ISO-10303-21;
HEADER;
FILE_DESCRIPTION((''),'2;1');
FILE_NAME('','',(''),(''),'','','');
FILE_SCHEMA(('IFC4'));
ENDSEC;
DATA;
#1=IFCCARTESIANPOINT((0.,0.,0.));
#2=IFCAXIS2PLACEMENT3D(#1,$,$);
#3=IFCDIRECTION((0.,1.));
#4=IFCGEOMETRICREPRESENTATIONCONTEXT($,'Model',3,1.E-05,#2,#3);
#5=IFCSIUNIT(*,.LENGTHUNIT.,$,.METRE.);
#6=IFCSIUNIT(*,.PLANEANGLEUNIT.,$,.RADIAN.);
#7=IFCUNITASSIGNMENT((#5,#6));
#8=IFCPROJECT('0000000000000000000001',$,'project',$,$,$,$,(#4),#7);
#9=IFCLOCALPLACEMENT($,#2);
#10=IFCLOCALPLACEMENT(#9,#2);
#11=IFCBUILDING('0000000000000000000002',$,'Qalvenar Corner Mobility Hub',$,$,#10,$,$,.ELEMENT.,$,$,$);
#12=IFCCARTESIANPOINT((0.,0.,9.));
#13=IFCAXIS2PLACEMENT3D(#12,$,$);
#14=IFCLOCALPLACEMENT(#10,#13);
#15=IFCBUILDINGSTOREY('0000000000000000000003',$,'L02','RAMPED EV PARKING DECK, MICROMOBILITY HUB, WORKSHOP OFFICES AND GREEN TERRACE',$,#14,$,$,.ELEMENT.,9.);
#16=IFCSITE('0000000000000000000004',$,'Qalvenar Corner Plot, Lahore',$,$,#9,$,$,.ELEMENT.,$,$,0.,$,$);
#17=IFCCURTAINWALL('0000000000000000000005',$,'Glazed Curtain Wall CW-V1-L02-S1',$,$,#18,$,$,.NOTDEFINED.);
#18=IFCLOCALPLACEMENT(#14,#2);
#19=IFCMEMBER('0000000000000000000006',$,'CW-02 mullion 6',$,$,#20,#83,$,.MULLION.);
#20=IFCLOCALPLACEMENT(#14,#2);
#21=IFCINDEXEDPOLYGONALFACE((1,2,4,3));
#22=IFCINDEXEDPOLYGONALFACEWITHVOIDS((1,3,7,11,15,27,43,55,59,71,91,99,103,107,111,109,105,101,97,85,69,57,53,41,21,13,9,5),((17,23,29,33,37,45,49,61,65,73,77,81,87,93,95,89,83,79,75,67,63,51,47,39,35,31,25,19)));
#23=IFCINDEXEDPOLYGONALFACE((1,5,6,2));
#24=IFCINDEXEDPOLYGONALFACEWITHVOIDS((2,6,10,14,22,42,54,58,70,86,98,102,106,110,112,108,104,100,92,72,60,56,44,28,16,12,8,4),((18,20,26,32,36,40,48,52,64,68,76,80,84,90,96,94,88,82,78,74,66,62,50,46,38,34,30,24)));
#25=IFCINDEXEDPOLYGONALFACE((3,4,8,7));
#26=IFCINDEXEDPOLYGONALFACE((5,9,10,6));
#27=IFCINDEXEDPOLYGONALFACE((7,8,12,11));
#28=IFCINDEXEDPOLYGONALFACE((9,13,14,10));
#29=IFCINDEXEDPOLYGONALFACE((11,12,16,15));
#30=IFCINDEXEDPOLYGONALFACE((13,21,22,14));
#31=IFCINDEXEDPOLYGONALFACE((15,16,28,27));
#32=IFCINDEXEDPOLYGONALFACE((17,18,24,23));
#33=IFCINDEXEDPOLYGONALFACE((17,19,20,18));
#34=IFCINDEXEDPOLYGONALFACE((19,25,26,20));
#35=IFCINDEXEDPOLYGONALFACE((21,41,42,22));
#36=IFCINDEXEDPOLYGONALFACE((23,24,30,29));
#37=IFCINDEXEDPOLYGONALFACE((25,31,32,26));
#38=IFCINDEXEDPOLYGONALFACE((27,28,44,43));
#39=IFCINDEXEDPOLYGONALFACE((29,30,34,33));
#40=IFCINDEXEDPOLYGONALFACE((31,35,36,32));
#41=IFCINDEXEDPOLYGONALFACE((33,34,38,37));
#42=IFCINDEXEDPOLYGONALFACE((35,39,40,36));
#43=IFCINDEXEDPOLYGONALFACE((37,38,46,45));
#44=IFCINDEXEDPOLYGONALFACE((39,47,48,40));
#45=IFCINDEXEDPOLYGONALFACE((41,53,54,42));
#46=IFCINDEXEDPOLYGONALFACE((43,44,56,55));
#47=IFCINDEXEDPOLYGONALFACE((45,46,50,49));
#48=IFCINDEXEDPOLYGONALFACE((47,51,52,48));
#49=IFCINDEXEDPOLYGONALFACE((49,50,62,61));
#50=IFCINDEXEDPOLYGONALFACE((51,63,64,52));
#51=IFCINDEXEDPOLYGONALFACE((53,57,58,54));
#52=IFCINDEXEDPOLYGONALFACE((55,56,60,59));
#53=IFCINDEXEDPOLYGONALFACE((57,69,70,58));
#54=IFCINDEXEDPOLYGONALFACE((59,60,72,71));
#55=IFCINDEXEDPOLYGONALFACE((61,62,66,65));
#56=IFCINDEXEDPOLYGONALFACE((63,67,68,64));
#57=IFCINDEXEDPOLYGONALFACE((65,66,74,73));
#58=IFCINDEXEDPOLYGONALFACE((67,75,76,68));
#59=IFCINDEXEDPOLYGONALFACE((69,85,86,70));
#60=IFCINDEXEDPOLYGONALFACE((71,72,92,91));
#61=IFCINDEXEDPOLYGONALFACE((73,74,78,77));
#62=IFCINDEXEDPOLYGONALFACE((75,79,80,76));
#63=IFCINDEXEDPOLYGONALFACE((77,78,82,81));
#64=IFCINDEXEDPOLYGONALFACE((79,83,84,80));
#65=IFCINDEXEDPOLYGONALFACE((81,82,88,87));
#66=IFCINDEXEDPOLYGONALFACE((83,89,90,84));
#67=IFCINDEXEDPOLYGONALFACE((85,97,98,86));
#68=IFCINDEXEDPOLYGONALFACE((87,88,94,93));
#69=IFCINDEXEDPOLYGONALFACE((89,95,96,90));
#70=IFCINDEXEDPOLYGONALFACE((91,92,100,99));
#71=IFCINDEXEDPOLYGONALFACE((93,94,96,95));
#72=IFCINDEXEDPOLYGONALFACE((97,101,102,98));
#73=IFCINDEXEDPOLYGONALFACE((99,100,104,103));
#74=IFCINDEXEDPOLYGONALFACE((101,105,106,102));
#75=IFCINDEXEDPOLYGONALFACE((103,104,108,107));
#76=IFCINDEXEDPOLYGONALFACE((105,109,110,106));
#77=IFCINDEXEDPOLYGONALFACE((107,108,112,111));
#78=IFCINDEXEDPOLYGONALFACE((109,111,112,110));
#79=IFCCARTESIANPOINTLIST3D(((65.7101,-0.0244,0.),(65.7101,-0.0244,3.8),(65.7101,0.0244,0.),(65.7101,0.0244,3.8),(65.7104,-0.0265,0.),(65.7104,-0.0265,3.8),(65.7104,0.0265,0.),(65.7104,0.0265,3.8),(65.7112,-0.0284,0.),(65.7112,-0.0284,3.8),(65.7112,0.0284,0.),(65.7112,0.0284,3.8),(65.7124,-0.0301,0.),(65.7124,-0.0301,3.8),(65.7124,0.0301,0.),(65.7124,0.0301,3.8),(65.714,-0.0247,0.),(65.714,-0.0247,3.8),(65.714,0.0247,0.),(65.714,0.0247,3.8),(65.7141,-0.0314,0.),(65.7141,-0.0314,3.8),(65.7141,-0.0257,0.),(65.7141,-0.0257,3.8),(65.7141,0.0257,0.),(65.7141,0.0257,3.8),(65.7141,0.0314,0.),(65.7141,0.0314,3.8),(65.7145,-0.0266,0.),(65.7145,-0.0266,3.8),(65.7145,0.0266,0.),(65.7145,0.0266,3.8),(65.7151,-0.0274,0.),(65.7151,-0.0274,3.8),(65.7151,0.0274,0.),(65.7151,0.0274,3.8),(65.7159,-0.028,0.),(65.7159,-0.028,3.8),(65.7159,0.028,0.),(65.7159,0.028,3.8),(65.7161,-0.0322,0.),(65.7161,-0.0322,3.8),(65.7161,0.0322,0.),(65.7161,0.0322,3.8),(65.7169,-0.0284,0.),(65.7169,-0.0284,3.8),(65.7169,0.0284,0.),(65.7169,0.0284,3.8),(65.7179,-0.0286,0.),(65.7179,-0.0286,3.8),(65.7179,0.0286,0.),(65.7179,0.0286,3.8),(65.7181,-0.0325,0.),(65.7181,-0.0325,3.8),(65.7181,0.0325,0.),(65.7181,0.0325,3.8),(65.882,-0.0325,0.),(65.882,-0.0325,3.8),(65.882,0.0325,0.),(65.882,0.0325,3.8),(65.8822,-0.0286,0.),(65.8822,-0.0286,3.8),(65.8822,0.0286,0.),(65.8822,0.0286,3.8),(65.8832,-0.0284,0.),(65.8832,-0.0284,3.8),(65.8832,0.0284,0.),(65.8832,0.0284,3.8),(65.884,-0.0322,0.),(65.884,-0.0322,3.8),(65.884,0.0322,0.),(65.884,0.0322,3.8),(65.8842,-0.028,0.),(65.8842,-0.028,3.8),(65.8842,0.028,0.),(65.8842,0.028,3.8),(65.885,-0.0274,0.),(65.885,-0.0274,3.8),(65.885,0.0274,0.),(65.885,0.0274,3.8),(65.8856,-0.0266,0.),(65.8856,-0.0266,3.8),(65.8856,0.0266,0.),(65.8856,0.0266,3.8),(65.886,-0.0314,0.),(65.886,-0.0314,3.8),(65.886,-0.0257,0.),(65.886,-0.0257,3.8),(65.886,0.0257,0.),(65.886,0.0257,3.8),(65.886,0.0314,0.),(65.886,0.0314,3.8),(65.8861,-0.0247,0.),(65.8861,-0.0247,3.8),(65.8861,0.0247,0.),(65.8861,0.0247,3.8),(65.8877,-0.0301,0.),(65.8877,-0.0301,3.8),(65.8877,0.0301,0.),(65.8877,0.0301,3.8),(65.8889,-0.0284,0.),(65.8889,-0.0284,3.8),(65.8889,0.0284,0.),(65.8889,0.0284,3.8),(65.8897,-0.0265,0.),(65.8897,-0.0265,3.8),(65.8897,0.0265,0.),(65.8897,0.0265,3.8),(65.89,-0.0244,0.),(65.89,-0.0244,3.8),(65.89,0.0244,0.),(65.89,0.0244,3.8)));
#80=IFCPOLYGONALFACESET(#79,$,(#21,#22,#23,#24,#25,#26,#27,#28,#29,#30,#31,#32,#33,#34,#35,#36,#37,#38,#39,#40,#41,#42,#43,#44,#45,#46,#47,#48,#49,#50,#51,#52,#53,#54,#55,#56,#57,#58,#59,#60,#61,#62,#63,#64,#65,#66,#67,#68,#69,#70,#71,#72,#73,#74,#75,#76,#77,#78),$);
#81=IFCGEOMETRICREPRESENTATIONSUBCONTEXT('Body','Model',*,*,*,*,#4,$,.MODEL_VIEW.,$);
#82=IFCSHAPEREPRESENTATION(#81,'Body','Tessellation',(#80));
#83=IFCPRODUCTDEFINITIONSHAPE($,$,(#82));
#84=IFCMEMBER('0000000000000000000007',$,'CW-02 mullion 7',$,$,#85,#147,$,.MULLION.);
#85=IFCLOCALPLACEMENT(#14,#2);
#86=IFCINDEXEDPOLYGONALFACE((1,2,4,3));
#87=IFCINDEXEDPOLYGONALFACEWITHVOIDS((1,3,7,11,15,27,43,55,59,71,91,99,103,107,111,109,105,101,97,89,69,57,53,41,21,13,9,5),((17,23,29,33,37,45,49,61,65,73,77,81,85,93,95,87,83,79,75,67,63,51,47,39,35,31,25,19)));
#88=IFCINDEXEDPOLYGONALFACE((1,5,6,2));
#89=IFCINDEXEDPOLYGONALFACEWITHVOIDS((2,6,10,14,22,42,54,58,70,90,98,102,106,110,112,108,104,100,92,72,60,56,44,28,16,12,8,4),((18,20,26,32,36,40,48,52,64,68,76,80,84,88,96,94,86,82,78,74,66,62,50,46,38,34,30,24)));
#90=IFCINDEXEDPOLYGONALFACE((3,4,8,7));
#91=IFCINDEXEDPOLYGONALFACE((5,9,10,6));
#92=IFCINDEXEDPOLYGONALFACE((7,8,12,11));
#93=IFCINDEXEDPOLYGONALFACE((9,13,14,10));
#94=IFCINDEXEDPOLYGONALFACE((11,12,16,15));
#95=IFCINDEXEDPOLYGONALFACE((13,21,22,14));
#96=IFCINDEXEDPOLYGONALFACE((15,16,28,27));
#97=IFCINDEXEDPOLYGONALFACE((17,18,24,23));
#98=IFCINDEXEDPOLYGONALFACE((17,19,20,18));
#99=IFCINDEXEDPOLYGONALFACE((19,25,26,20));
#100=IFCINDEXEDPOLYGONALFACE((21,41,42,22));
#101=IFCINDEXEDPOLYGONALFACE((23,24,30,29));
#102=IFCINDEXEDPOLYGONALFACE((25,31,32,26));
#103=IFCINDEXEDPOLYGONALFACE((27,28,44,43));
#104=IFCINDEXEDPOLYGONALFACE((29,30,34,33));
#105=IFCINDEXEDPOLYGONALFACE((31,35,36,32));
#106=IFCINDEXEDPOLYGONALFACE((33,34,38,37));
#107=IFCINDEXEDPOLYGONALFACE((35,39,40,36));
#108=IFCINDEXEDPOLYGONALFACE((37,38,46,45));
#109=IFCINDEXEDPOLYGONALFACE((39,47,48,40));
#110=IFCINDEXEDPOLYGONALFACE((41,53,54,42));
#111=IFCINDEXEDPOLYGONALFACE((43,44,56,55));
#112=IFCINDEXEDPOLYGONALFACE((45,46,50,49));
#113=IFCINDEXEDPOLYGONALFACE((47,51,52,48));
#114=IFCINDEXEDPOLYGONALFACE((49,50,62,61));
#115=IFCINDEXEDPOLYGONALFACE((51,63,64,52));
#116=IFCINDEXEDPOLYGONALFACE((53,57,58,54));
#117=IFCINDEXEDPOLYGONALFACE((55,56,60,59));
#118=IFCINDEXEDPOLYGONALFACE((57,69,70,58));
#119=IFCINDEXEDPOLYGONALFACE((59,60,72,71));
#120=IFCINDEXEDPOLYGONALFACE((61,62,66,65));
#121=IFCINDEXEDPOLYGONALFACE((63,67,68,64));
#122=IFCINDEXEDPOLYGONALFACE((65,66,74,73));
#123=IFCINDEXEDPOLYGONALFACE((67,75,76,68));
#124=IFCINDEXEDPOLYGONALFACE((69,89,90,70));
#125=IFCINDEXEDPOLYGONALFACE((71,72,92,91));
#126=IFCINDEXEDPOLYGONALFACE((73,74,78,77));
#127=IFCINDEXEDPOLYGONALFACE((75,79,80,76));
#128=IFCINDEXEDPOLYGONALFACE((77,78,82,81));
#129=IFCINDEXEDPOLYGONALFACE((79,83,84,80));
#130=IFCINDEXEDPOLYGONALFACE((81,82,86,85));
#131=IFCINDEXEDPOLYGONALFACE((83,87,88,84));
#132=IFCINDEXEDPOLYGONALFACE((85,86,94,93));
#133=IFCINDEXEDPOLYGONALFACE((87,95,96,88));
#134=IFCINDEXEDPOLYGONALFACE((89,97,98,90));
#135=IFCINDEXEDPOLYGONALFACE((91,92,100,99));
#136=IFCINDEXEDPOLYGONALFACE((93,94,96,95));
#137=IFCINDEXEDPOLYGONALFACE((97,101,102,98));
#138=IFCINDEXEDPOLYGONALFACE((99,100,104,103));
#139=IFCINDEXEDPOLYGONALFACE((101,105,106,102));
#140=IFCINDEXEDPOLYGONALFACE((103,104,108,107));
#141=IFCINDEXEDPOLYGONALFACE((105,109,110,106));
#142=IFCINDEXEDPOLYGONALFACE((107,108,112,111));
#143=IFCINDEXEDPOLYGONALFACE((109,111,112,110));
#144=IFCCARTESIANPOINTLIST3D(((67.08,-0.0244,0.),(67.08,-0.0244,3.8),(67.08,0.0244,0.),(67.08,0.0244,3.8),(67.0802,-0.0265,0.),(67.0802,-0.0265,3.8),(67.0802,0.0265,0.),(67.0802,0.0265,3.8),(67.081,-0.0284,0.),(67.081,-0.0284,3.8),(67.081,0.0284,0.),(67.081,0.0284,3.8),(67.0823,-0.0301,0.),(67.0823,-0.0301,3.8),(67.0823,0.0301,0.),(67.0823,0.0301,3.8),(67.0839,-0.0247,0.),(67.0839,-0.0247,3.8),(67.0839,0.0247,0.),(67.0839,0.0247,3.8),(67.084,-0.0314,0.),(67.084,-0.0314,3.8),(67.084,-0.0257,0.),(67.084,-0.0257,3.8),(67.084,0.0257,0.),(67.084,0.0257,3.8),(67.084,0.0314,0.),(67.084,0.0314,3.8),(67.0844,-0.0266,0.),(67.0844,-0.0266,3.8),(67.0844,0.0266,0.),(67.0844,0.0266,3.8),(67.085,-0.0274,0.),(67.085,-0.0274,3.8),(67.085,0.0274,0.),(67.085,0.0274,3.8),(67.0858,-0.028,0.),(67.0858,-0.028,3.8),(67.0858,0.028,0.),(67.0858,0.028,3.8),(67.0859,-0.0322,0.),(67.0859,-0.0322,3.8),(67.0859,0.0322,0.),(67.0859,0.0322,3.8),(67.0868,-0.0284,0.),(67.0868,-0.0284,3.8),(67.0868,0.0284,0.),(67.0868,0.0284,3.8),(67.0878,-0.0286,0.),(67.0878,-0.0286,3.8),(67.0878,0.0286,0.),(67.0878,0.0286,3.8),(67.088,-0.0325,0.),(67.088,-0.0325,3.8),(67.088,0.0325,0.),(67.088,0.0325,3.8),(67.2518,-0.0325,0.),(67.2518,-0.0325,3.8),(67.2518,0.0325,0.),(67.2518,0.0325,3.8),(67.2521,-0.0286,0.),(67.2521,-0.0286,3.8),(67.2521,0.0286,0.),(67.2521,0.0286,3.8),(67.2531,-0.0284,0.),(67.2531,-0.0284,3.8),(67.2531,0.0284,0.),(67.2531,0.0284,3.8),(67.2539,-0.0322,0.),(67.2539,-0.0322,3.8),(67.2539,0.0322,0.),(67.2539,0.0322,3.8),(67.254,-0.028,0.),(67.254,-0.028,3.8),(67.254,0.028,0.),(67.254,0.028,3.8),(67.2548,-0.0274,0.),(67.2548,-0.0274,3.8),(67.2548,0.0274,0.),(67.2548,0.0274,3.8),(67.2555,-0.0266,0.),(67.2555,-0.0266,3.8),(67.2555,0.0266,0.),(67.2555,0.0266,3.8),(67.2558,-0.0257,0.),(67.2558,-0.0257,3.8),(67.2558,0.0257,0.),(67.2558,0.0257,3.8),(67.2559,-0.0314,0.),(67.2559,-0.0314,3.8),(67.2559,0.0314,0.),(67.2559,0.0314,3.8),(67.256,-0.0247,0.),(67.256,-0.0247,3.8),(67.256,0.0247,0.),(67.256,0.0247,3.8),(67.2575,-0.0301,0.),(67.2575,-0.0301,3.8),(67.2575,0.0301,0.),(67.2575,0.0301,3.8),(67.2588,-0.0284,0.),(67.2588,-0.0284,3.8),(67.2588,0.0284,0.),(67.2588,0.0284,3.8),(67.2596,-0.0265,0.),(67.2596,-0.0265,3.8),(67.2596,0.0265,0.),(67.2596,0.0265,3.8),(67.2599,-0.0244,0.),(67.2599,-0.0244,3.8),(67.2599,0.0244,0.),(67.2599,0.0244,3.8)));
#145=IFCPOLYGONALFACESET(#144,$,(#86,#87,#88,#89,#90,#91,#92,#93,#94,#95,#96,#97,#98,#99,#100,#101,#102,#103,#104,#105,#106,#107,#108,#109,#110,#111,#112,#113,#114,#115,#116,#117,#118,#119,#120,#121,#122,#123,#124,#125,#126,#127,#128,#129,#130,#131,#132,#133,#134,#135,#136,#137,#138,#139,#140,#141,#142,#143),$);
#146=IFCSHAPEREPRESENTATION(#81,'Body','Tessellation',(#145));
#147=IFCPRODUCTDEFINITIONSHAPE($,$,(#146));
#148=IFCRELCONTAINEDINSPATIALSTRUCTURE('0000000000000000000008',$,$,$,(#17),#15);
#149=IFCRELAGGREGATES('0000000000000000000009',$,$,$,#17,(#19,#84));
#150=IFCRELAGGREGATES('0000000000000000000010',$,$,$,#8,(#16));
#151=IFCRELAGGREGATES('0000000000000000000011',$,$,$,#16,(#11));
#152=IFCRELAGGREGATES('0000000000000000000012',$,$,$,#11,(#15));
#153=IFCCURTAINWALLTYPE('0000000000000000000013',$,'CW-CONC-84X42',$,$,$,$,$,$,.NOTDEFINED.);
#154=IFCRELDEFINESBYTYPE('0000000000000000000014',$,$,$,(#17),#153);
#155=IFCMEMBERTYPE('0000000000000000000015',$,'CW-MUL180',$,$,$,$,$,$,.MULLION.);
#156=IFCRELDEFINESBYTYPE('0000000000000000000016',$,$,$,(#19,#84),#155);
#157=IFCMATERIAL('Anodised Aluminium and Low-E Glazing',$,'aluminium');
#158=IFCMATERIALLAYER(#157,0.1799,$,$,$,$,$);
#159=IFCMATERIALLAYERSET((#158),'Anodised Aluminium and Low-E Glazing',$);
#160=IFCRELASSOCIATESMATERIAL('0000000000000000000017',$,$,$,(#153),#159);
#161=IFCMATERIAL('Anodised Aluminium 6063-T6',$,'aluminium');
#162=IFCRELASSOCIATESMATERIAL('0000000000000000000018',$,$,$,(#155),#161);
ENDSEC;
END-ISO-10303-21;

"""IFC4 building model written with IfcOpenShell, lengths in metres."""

from ifc_helpers import new_model, si_unit, direction, frame, origin, origin_2d, place, context, subcontext, project, spatial, hollow_rectangle, extrude, material, layer, layer_set, material_profile, profile_set, type_object, element, aggregate, save


model = new_model("IFC4")

# Units and contexts
model_context = context("Model", 3, precision=1e-05, world=origin(), true_north=direction((0.0, 1.0)))
body_context = subcontext(model_context, "Body", "Model", "MODEL_VIEW")
ifc_project = project(units=[si_unit("LENGTHUNIT", "METRE"), si_unit("PLANEANGLEUNIT", "RADIAN")], contexts=[model_context])

# Site, building, storey
site_placement = place(None, origin())
site = spatial("IfcSite", under=ifc_project, at=site_placement, Name="Qalvenar Corner Plot, Lahore", CompositionType="ELEMENT", RefElevation=0.0)
building_placement = place(site_placement, origin())
building = spatial("IfcBuilding", under=site, at=building_placement, Name="Qalvenar Corner Mobility Hub", CompositionType="ELEMENT")
storey_placement = place(building_placement, frame((0.0, 0.0, 9.0)))
storey = spatial("IfcBuildingStorey", under=building, at=storey_placement, Name="L02", Description="RAMPED EV PARKING DECK, MICROMOBILITY HUB, WORKSHOP OFFICES AND GREEN TERRACE", CompositionType="ELEMENT", Elevation=9.0)

# Curtain wall, members
ifc_material_1 = material(Name="Anodised Aluminium and Low-E Glazing", Category="aluminium")
ifc_layer_1 = layer(ifc_material_1, 0.1799)
ifc_layer_set_1 = layer_set([ifc_layer_1], Name="Anodised Aluminium and Low-E Glazing")
curtain_wall_type = type_object("IfcCurtainWallType", Name="CW-CONC-84X42", PredefinedType="NOTDEFINED", material=ifc_layer_set_1)
curtain_wall_1_placement = place(storey_placement, origin())
curtain_wall_1 = element("IfcCurtainWall", 1, at=curtain_wall_1_placement, inside=storey, type_object=curtain_wall_type, Name="Glazed Curtain Wall CW-V1-L02-S1", PredefinedType="NOTDEFINED")
ifc_material_2 = material(Name="Anodised Aluminium 6063-T6", Category="aluminium")
ifc_material_profile_1 = material_profile(ifc_material_2, hollow_rectangle(XDim=0.0649, YDim=0.1799, WallThickness=0.0039, InnerFilletRadius=0.0039, OuterFilletRadius=0.0081, at=origin_2d()), Name="RHS180x65x4")
ifc_profile_set_1 = profile_set([ifc_material_profile_1], Name="Anodised Aluminium 6063-T6")
member_type_1 = type_object("IfcMemberType", Name="CW-MUL180", PredefinedType="MULLION", material=ifc_profile_set_1)
member_1_placement = place(storey_placement, frame((65.8, 0.0, 0.0), z_axis=(0.0, 0.0, 1.0), x_axis=(0.0, 1.0, 0.0)))
member_1 = element("IfcMember", 2, at=member_1_placement, type_object=member_type_1, Name="CW-02 mullion 6", PredefinedType="MULLION", context=body_context, shape_type="SweptSolid", body=[
    extrude(hollow_rectangle(XDim=0.0649, YDim=0.1799, WallThickness=0.0039, InnerFilletRadius=0.0039, OuterFilletRadius=0.0081, at=origin_2d()), origin(), (0.0, 0.0, 1.0), 3.8),
])
member_2_placement = place(storey_placement, frame((67.1699, 0.0, 0.0), z_axis=(0.0, 0.0, 1.0), x_axis=(0.0, 1.0, 0.0)))
member_2 = element("IfcMember", 3, at=member_2_placement, type_object=member_type_1, Name="CW-02 mullion 7", PredefinedType="MULLION", context=body_context, shape_type="SweptSolid", body=[
    extrude(hollow_rectangle(XDim=0.0649, YDim=0.1799, WallThickness=0.0039, InnerFilletRadius=0.0039, OuterFilletRadius=0.0081, at=origin_2d()), origin(), (0.0, 0.0, 1.0), 3.8),
])

aggregate(curtain_wall_1, [member_1, member_2])

save(model, "model.ifc")
